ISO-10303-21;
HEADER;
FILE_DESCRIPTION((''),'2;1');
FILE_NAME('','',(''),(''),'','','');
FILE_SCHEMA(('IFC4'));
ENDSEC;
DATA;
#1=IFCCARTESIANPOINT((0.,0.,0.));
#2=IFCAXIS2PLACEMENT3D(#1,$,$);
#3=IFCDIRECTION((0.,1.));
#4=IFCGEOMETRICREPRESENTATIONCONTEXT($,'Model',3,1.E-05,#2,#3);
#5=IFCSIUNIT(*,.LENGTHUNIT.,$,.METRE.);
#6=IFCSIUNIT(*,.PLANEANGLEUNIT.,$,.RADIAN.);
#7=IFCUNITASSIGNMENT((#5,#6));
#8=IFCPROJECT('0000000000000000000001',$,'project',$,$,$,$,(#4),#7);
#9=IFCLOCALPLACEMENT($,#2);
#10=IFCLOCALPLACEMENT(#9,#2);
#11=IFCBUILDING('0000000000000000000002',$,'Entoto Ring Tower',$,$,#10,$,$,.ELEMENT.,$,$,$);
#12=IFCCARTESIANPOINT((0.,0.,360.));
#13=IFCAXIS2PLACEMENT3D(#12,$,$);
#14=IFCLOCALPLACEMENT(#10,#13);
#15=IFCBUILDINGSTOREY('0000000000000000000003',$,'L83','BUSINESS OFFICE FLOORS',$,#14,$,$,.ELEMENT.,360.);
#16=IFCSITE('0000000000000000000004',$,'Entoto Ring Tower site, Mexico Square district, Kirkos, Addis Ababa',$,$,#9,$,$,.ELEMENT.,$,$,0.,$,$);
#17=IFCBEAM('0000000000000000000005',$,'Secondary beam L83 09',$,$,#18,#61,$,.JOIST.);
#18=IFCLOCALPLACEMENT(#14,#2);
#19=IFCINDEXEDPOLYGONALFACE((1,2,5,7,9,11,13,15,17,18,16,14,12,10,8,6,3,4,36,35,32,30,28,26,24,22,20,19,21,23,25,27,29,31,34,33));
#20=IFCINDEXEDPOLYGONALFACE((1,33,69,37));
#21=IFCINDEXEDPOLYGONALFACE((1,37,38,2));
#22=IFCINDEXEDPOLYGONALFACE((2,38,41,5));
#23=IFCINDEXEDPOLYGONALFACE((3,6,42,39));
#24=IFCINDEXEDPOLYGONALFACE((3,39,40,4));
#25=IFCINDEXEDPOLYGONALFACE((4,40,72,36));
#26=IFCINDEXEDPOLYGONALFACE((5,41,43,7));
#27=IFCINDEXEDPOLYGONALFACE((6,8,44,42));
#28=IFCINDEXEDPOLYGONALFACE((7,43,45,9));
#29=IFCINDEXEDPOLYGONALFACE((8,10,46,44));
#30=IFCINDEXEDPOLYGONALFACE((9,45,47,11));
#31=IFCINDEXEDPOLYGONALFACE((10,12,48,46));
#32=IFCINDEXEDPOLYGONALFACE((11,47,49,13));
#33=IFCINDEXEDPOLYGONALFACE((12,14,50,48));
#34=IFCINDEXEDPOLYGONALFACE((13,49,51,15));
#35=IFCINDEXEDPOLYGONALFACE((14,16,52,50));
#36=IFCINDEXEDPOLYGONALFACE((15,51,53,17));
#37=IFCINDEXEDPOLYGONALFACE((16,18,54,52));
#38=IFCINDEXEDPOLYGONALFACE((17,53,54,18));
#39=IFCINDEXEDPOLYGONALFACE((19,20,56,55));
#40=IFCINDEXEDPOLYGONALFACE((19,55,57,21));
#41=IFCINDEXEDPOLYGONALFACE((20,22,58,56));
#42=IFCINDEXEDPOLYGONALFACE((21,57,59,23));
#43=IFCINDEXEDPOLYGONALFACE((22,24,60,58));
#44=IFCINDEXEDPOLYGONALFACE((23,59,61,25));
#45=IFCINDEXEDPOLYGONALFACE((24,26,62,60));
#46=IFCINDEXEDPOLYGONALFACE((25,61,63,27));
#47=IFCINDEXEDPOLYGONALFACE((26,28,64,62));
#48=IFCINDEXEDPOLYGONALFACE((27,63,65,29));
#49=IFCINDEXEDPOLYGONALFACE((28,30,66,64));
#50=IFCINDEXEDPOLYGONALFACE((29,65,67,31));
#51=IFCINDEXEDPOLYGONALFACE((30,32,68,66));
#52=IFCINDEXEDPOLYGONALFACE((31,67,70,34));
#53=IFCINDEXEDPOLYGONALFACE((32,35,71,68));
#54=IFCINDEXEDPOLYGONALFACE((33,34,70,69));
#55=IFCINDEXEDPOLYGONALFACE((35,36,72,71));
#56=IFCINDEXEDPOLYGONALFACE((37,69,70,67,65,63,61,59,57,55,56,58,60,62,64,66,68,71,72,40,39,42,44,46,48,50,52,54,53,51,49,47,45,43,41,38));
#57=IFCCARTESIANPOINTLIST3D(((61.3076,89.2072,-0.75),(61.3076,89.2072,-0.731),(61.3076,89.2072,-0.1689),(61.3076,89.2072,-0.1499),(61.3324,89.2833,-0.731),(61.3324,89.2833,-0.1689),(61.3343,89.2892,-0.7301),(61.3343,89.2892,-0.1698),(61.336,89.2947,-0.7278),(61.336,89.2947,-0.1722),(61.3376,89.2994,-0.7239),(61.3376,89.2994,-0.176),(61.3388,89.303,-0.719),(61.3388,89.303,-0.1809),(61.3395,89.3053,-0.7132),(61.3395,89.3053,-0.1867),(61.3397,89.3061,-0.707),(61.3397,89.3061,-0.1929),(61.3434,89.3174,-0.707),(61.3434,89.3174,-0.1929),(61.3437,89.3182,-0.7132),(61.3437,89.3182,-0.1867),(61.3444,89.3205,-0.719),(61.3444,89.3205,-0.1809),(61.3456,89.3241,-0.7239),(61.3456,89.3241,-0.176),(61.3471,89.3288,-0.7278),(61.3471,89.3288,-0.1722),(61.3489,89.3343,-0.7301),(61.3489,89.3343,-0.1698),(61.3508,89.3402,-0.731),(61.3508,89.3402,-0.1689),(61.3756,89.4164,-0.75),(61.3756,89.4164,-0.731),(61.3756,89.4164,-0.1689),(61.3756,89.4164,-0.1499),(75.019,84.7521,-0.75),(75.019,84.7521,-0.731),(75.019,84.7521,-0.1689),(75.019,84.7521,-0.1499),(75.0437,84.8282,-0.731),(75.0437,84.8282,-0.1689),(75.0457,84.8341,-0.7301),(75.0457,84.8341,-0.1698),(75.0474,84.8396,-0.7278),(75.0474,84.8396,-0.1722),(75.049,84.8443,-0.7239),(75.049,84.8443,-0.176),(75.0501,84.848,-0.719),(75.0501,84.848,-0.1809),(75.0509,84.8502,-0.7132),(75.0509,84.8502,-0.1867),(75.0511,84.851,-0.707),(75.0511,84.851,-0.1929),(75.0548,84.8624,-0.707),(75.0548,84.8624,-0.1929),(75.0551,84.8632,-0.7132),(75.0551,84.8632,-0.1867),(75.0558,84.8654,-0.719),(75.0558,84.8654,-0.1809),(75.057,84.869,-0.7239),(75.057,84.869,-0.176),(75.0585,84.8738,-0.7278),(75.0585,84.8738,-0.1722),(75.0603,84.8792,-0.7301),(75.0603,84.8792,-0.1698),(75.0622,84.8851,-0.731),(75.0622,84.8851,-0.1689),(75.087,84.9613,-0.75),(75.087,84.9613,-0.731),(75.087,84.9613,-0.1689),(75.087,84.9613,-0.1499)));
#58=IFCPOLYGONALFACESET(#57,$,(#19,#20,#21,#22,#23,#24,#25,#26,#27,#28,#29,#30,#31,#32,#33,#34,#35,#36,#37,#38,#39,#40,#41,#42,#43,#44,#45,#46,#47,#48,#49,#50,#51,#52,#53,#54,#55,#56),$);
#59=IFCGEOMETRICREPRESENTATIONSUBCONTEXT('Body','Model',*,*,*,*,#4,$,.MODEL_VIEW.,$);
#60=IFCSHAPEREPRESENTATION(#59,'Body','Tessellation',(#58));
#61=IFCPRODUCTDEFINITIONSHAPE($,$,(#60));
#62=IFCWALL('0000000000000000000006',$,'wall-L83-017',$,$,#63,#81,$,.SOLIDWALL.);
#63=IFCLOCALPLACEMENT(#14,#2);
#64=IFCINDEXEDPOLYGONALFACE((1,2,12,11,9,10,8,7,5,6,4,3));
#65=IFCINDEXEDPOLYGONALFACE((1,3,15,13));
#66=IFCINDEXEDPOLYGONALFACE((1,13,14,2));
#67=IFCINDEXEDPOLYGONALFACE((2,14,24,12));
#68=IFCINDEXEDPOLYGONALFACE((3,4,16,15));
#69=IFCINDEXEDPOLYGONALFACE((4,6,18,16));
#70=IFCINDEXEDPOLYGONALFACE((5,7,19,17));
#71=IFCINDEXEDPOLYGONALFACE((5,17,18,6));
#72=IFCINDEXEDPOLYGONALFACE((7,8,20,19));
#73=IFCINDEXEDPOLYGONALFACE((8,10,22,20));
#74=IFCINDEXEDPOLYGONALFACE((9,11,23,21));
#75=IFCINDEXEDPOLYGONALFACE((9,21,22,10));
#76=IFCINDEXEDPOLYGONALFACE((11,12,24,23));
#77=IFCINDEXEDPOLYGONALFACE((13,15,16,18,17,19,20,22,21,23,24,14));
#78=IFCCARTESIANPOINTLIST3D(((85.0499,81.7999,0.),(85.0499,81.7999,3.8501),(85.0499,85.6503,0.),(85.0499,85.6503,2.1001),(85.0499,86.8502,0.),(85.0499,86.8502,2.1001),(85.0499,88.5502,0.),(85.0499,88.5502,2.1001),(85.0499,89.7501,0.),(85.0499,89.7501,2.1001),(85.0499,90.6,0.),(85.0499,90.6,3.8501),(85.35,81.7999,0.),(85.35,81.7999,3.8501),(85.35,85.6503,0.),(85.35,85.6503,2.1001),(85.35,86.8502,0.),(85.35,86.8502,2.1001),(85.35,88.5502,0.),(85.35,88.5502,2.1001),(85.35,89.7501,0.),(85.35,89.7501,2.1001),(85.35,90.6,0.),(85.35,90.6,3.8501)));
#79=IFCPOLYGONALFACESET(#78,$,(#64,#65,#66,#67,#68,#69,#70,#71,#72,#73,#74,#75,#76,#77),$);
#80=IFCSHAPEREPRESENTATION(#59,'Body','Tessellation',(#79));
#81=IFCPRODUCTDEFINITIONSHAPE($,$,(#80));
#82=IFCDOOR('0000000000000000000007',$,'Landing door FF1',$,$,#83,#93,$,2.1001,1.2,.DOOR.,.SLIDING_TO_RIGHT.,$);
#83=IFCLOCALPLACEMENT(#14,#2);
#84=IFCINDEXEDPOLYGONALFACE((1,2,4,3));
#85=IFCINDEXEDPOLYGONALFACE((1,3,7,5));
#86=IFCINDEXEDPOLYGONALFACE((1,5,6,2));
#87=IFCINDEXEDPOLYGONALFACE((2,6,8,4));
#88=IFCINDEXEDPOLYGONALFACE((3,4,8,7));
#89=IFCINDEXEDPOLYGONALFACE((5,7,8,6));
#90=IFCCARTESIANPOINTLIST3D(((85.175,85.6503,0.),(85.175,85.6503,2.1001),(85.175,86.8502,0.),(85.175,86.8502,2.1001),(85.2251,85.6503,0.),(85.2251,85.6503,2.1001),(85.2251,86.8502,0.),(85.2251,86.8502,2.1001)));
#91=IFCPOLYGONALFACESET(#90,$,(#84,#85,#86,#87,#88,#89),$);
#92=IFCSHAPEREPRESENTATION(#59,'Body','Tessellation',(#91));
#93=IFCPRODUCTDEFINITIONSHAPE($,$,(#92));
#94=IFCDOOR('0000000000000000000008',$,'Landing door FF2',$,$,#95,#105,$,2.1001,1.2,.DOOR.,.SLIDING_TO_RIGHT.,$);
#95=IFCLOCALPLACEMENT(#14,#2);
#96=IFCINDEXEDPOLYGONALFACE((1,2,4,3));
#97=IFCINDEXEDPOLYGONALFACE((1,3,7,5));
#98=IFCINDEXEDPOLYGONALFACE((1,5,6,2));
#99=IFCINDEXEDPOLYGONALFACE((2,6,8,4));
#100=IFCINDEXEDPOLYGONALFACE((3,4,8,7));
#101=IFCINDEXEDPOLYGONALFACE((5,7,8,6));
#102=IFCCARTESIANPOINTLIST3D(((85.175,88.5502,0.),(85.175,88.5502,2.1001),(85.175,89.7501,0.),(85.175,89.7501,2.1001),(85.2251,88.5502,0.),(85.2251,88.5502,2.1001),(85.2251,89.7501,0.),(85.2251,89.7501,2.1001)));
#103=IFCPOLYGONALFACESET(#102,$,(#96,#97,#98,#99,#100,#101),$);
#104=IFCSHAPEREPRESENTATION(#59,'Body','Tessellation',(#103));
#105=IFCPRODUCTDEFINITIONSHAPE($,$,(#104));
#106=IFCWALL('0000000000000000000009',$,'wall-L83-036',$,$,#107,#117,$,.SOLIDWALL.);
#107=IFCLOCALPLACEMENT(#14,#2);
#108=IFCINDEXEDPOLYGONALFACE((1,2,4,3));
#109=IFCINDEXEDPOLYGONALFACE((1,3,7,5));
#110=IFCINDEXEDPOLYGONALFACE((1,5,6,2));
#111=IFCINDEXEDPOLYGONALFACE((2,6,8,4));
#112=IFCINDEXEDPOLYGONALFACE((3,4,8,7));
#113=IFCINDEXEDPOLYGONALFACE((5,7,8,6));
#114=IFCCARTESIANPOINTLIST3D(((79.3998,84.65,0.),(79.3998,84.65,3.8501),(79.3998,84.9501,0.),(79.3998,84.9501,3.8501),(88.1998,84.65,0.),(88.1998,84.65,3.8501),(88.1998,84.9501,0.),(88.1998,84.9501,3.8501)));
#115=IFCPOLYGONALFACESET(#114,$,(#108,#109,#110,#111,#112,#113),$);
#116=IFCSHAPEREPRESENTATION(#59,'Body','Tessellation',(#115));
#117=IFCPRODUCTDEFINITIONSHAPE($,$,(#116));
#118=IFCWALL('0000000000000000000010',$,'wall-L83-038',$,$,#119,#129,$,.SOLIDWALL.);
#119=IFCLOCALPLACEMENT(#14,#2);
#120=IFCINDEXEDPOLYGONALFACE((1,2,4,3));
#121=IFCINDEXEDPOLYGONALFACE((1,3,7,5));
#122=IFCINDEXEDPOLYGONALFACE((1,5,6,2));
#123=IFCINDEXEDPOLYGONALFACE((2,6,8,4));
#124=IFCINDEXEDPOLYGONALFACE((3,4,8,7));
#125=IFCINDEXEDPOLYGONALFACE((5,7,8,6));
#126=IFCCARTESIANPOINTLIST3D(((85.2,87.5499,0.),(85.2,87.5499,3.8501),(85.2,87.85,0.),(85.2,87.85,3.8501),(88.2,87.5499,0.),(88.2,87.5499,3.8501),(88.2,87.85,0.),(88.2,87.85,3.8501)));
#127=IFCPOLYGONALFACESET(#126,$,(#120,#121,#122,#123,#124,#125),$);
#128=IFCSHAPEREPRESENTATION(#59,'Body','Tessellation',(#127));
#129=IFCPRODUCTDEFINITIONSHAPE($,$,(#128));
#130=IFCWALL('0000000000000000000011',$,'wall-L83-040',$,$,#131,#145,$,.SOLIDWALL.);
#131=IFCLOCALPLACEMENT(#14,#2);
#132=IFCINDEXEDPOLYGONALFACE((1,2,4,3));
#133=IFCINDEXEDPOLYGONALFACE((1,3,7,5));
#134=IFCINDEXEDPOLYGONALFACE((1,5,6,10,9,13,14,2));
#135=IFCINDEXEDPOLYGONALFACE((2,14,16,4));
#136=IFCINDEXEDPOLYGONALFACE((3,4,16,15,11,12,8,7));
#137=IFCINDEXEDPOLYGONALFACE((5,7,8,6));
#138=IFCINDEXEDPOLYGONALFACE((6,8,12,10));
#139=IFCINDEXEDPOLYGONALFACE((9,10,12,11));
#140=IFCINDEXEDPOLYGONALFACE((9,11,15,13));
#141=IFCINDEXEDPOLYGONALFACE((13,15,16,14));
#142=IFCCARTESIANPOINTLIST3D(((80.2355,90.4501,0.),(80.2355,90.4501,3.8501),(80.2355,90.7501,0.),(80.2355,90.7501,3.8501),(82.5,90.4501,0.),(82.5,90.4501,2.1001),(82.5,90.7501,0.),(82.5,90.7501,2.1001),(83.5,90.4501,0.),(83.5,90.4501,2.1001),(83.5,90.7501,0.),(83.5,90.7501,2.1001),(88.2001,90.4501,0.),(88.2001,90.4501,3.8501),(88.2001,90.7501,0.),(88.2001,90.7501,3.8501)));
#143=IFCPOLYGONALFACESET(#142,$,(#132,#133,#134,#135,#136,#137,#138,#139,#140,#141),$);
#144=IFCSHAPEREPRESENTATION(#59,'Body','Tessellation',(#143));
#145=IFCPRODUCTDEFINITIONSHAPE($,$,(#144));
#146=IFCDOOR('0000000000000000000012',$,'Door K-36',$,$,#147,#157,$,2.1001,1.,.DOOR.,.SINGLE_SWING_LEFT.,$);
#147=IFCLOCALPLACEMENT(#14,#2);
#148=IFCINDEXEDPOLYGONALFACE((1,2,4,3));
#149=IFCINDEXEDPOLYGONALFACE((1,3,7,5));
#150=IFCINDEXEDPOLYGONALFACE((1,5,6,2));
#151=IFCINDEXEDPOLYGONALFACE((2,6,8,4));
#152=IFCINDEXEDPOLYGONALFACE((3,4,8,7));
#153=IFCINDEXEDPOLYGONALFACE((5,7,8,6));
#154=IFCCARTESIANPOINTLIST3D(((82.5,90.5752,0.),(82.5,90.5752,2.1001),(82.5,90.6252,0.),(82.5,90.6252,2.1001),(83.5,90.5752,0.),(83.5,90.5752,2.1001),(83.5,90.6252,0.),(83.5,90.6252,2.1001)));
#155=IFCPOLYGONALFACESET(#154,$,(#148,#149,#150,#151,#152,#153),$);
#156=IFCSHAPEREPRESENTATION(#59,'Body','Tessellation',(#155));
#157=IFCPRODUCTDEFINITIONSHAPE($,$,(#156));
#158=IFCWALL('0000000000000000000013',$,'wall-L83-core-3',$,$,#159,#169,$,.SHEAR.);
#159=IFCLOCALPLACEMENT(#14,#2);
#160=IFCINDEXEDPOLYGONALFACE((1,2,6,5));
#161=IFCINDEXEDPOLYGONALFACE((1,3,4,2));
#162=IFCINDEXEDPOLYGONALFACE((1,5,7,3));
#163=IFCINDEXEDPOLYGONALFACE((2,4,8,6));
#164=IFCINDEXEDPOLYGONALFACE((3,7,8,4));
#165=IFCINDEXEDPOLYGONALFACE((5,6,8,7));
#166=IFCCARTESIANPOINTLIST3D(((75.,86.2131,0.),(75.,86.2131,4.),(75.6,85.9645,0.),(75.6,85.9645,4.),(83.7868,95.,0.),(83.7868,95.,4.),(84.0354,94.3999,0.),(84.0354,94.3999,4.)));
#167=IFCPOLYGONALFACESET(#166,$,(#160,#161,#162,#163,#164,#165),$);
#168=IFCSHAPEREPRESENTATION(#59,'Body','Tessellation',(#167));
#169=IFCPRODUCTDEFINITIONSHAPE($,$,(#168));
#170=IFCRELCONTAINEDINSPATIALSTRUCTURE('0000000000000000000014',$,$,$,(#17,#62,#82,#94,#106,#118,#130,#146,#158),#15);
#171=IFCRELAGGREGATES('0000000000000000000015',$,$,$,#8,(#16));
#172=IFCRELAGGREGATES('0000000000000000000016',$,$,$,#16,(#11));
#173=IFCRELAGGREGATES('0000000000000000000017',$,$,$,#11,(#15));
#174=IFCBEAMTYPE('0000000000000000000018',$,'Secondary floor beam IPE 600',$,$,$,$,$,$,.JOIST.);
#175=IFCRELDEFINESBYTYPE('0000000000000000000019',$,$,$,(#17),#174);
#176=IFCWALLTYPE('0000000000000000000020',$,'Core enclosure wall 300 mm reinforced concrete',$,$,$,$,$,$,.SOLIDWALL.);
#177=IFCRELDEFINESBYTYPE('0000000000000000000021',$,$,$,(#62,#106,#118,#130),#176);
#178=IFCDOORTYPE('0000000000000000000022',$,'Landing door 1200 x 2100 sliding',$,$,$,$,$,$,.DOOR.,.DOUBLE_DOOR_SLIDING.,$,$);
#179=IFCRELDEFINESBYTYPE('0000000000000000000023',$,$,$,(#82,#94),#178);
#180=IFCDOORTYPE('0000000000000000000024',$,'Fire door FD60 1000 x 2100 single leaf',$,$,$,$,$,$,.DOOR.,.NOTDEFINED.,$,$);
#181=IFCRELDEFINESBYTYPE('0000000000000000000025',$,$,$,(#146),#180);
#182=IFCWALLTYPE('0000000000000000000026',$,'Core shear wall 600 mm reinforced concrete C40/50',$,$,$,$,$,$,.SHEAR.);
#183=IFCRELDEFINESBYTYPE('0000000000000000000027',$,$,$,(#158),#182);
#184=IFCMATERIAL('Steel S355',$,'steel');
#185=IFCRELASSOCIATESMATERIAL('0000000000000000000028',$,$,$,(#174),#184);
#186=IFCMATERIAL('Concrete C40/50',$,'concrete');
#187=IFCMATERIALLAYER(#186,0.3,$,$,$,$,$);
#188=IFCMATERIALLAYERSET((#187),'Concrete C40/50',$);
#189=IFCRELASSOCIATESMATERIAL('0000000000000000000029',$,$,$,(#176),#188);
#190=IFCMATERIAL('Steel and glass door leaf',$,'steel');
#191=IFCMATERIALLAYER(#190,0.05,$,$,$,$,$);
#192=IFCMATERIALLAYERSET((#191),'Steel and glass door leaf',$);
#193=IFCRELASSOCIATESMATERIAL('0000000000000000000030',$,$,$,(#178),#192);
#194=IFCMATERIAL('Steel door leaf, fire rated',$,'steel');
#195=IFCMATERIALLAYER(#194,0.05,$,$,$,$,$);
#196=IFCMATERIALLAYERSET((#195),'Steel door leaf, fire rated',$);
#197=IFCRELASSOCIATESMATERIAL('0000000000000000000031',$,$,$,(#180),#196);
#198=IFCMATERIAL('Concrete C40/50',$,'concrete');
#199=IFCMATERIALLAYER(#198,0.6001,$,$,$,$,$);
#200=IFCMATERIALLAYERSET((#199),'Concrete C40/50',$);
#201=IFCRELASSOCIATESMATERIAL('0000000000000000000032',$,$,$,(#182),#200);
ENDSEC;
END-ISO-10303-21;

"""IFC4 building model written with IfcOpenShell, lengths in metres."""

from ifc_helpers import new_model, si_unit, direction, frame, frame_2d, origin, origin_2d, place, context, subcontext, project, spatial, polyline, rectangle, i_section, outline, extrude, material, layer, layer_set, material_profile, profile_set, type_object, element, fill, save


model = new_model("IFC4")

# Units and contexts
model_context = context("Model", 3, precision=1e-05, world=origin(), true_north=direction((0.0, 1.0)))
body_context = subcontext(model_context, "Body", "Model", "MODEL_VIEW")
ifc_project = project(units=[si_unit("LENGTHUNIT", "METRE"), si_unit("PLANEANGLEUNIT", "RADIAN")], contexts=[model_context])

# Site, building, storey
site_placement = place(None, origin())
site = spatial("IfcSite", under=ifc_project, at=site_placement, Name="Entoto Ring Tower site, Mexico Square district, Kirkos, Addis Ababa", CompositionType="ELEMENT", RefElevation=0.0)
building_placement = place(site_placement, origin())
building = spatial("IfcBuilding", under=site, at=building_placement, Name="Entoto Ring Tower", CompositionType="ELEMENT")
storey_placement = place(building_placement, frame((0.0, 0.0, 360.0)))
storey = spatial("IfcBuildingStorey", under=building, at=storey_placement, Name="L83", Description="BUSINESS OFFICE FLOORS", CompositionType="ELEMENT", Elevation=360.0)

# Beam
ifc_material_1 = material(Name="Steel S355", Category="steel")
ifc_material_profile_1 = material_profile(ifc_material_1, i_section(OverallWidth=0.22, OverallDepth=0.6001, WebThickness=0.012, FlangeThickness=0.019, FilletRadius=0.0239, at=origin_2d()), Name="IPE 600")
ifc_profile_set_1 = profile_set([ifc_material_profile_1], Name="Steel S355")
beam_type_1 = type_object("IfcBeamType", Name="Secondary floor beam IPE 600", PredefinedType="JOIST", material=ifc_profile_set_1)
beam_1_placement = place(storey_placement, frame((75.053, 84.8567, -0.45), z_axis=(-0.951057, 0.309015, 0.0), x_axis=(-0.309015, -0.951057, 0.0)))
element("IfcBeam", 1, at=beam_1_placement, inside=storey, type_object=beam_type_1, Name="Secondary beam L83 09", PredefinedType="JOIST", context=body_context, shape_type="SweptSolid", body=[
    extrude(i_section(OverallWidth=0.22, OverallDepth=0.6001, WebThickness=0.012, FlangeThickness=0.019, FilletRadius=0.0239, at=origin_2d()), origin(), (0.0, 0.0, 1.0), 14.417),
])

# Wall, openings, doors
ifc_material_2 = material(Name="Concrete C40/50", Category="concrete")
ifc_layer_1 = layer(ifc_material_2, 0.3)
ifc_layer_set_1 = layer_set([ifc_layer_1], Name="Concrete C40/50")
wall_type_1 = type_object("IfcWallType", Name="Core enclosure wall 300 mm reinforced concrete", PredefinedType="SOLIDWALL", material=ifc_layer_set_1)
wall_1_placement = place(storey_placement, frame((85.2, 81.8, 0.0), z_axis=(0.0, 0.0, 1.0), x_axis=(0.0, 1.0, 0.0)))
wall_1 = element("IfcWall", 2, at=wall_1_placement, inside=storey, type_object=wall_type_1, Name="wall-L83-017", PredefinedType="SOLIDWALL", context=body_context, shape_type="SweptSolid", body=[
    extrude(rectangle(XDim=8.8, YDim=0.3, at=frame_2d((4.3999, 0.0))), origin(), (0.0, 0.0, 1.0), 3.8501),
])
opening_1_placement = place(wall_1_placement, frame((3.8501, 0.0, 0.0)))
opening_1 = element("IfcOpeningElement", 3, at=opening_1_placement, cuts=wall_1, PredefinedType="OPENING", context=body_context, shape_type="SweptSolid", body=[
    extrude(rectangle(XDim=1.2, YDim=2.1001, at=frame_2d((0.6001, 1.05))), frame((0.0, 0.1602, 0.0), z_axis=(0.0, -1.0, 0.0), x_axis=(1.0, 0.0, 0.0)), (0.0, 0.0, 1.0), 0.3201),
])
opening_2_placement = place(wall_1_placement, frame((6.75, 0.0, 0.0)))
opening_2 = element("IfcOpeningElement", 4, at=opening_2_placement, cuts=wall_1, PredefinedType="OPENING", context=body_context, shape_type="SweptSolid", body=[
    extrude(rectangle(XDim=1.2, YDim=2.1001, at=frame_2d((0.6001, 1.05))), frame((0.0, 0.1602, 0.0), z_axis=(0.0, -1.0, 0.0), x_axis=(1.0, 0.0, 0.0)), (0.0, 0.0, 1.0), 0.3201),
])
ifc_material_3 = material(Name="Steel and glass door leaf", Category="steel")
ifc_layer_2 = layer(ifc_material_3, 0.05)
ifc_layer_set_2 = layer_set([ifc_layer_2], Name="Steel and glass door leaf")
door_type_1 = type_object("IfcDoorType", Name="Landing door 1200 x 2100 sliding", OperationType="DOUBLE_DOOR_SLIDING", PredefinedType="DOOR", material=ifc_layer_set_2)
door_1_placement = place(opening_1_placement, origin())
door_1 = element("IfcDoor", 5, at=door_1_placement, inside=storey, type_object=door_type_1, Name="Landing door FF1", OperationType="SLIDING_TO_RIGHT", OverallHeight=2.1001, OverallWidth=1.2, PredefinedType="DOOR", context=body_context, shape_type="SweptSolid", body=[
    extrude(rectangle(XDim=1.2, YDim=2.1001, at=frame_2d((0.6001, 1.05))), frame((0.0, 0.0249, 0.0), z_axis=(0.0, -1.0, 0.0), x_axis=(1.0, 0.0, 0.0)), (0.0, 0.0, 1.0), 0.05),
])
fill(opening_1, door_1)
door_2_placement = place(opening_2_placement, origin())
door_2 = element("IfcDoor", 6, at=door_2_placement, inside=storey, type_object=door_type_1, Name="Landing door FF2", OperationType="SLIDING_TO_RIGHT", OverallHeight=2.1001, OverallWidth=1.2, PredefinedType="DOOR", context=body_context, shape_type="SweptSolid", body=[
    extrude(rectangle(XDim=1.2, YDim=2.1001, at=frame_2d((0.6001, 1.05))), frame((0.0, 0.0249, 0.0), z_axis=(0.0, -1.0, 0.0), x_axis=(1.0, 0.0, 0.0)), (0.0, 0.0, 1.0), 0.05),
])
fill(opening_2, door_2)

# Walls
wall_2_placement = place(storey_placement, frame((79.3999, 84.8, 0.0), z_axis=(0.0, 0.0, 1.0), x_axis=(1.0, 0.0, 0.0)))
element("IfcWall", 7, at=wall_2_placement, inside=storey, type_object=wall_type_1, Name="wall-L83-036", PredefinedType="SOLIDWALL", context=body_context, shape_type="SweptSolid", body=[
    extrude(rectangle(XDim=8.8, YDim=0.3, at=frame_2d((4.3999, 0.0))), origin(), (0.0, 0.0, 1.0), 3.8501),
])
wall_3_placement = place(storey_placement, frame((85.2, 87.7, 0.0), z_axis=(0.0, 0.0, 1.0), x_axis=(1.0, 0.0, 0.0)))
element("IfcWall", 8, at=wall_3_placement, inside=storey, type_object=wall_type_1, Name="wall-L83-038", PredefinedType="SOLIDWALL", context=body_context, shape_type="SweptSolid", body=[
    extrude(rectangle(XDim=3.0, YDim=0.3, at=frame_2d((1.5, 0.0))), origin(), (0.0, 0.0, 1.0), 3.8501),
])

# Wall, opening, door
wall_4_placement = place(storey_placement, frame((80.2354, 90.6001, 0.0), z_axis=(0.0, 0.0, 1.0), x_axis=(1.0, 0.0, 0.0)))
wall_4 = element("IfcWall", 9, at=wall_4_placement, inside=storey, type_object=wall_type_1, Name="wall-L83-040", PredefinedType="SOLIDWALL", context=body_context, shape_type="SweptSolid", body=[
    extrude(rectangle(XDim=7.9646, YDim=0.3, at=frame_2d((3.9824, 0.0))), origin(), (0.0, 0.0, 1.0), 3.8501),
])
opening_3_placement = place(wall_4_placement, frame((2.2646, 0.0, 0.0)))
opening_3 = element("IfcOpeningElement", 10, at=opening_3_placement, cuts=wall_4, PredefinedType="OPENING", context=body_context, shape_type="SweptSolid", body=[
    extrude(rectangle(XDim=1.0, YDim=2.1001, at=frame_2d((0.5, 1.05))), frame((0.0, 0.1602, 0.0), z_axis=(0.0, -1.0, 0.0), x_axis=(1.0, 0.0, 0.0)), (0.0, 0.0, 1.0), 0.3201),
])
ifc_material_4 = material(Name="Steel door leaf, fire rated", Category="steel")
ifc_layer_3 = layer(ifc_material_4, 0.05)
ifc_layer_set_3 = layer_set([ifc_layer_3], Name="Steel door leaf, fire rated")
door_type_2 = type_object("IfcDoorType", Name="Fire door FD60 1000 x 2100 single leaf", OperationType="NOTDEFINED", PredefinedType="DOOR", material=ifc_layer_set_3)
door_3_placement = place(opening_3_placement, frame((1.0, 0.0, 0.0), z_axis=(0.0, 0.0, 1.0), x_axis=(-1.0, 0.0, 0.0)))
door_3 = element("IfcDoor", 11, at=door_3_placement, inside=storey, type_object=door_type_2, Name="Door K-36", OperationType="SINGLE_SWING_LEFT", OverallHeight=2.1001, OverallWidth=1.0, PredefinedType="DOOR", context=body_context, shape_type="SweptSolid", body=[
    extrude(rectangle(XDim=1.0, YDim=2.1001, at=frame_2d((0.5, 1.05))), frame((0.0, 0.0249, 0.0), z_axis=(0.0, -1.0, 0.0), x_axis=(1.0, 0.0, 0.0)), (0.0, 0.0, 1.0), 0.05),
])
fill(opening_3, door_3)

# Wall
ifc_material_5 = material(Name="Concrete C40/50", Category="concrete")
ifc_layer_4 = layer(ifc_material_5, 0.6001)
ifc_layer_set_4 = layer_set([ifc_layer_4], Name="Concrete C40/50")
wall_type_2 = type_object("IfcWallType", Name="Core shear wall 600 mm reinforced concrete C40/50", PredefinedType="SHEAR", material=ifc_layer_set_4)
wall_5_placement = place(storey_placement, frame((83.9111, 94.7, 0.0), z_axis=(0.0, 0.0, 1.0), x_axis=(-0.707107, -0.707107, 0.0)))
element("IfcWall", 12, at=wall_5_placement, inside=storey, type_object=wall_type_2, Name="wall-L83-core-3", PredefinedType="SHEAR", context=body_context, shape_type="SweptSolid", body=[
    extrude(outline(polyline([(-0.1243, -0.3), (12.3022, -0.3), (12.0537, 0.3), (0.1243, 0.3), (-0.1243, -0.3)])), origin(), (0.0, 0.0, 1.0), 4.0),
])

save(model, "model.ifc")
